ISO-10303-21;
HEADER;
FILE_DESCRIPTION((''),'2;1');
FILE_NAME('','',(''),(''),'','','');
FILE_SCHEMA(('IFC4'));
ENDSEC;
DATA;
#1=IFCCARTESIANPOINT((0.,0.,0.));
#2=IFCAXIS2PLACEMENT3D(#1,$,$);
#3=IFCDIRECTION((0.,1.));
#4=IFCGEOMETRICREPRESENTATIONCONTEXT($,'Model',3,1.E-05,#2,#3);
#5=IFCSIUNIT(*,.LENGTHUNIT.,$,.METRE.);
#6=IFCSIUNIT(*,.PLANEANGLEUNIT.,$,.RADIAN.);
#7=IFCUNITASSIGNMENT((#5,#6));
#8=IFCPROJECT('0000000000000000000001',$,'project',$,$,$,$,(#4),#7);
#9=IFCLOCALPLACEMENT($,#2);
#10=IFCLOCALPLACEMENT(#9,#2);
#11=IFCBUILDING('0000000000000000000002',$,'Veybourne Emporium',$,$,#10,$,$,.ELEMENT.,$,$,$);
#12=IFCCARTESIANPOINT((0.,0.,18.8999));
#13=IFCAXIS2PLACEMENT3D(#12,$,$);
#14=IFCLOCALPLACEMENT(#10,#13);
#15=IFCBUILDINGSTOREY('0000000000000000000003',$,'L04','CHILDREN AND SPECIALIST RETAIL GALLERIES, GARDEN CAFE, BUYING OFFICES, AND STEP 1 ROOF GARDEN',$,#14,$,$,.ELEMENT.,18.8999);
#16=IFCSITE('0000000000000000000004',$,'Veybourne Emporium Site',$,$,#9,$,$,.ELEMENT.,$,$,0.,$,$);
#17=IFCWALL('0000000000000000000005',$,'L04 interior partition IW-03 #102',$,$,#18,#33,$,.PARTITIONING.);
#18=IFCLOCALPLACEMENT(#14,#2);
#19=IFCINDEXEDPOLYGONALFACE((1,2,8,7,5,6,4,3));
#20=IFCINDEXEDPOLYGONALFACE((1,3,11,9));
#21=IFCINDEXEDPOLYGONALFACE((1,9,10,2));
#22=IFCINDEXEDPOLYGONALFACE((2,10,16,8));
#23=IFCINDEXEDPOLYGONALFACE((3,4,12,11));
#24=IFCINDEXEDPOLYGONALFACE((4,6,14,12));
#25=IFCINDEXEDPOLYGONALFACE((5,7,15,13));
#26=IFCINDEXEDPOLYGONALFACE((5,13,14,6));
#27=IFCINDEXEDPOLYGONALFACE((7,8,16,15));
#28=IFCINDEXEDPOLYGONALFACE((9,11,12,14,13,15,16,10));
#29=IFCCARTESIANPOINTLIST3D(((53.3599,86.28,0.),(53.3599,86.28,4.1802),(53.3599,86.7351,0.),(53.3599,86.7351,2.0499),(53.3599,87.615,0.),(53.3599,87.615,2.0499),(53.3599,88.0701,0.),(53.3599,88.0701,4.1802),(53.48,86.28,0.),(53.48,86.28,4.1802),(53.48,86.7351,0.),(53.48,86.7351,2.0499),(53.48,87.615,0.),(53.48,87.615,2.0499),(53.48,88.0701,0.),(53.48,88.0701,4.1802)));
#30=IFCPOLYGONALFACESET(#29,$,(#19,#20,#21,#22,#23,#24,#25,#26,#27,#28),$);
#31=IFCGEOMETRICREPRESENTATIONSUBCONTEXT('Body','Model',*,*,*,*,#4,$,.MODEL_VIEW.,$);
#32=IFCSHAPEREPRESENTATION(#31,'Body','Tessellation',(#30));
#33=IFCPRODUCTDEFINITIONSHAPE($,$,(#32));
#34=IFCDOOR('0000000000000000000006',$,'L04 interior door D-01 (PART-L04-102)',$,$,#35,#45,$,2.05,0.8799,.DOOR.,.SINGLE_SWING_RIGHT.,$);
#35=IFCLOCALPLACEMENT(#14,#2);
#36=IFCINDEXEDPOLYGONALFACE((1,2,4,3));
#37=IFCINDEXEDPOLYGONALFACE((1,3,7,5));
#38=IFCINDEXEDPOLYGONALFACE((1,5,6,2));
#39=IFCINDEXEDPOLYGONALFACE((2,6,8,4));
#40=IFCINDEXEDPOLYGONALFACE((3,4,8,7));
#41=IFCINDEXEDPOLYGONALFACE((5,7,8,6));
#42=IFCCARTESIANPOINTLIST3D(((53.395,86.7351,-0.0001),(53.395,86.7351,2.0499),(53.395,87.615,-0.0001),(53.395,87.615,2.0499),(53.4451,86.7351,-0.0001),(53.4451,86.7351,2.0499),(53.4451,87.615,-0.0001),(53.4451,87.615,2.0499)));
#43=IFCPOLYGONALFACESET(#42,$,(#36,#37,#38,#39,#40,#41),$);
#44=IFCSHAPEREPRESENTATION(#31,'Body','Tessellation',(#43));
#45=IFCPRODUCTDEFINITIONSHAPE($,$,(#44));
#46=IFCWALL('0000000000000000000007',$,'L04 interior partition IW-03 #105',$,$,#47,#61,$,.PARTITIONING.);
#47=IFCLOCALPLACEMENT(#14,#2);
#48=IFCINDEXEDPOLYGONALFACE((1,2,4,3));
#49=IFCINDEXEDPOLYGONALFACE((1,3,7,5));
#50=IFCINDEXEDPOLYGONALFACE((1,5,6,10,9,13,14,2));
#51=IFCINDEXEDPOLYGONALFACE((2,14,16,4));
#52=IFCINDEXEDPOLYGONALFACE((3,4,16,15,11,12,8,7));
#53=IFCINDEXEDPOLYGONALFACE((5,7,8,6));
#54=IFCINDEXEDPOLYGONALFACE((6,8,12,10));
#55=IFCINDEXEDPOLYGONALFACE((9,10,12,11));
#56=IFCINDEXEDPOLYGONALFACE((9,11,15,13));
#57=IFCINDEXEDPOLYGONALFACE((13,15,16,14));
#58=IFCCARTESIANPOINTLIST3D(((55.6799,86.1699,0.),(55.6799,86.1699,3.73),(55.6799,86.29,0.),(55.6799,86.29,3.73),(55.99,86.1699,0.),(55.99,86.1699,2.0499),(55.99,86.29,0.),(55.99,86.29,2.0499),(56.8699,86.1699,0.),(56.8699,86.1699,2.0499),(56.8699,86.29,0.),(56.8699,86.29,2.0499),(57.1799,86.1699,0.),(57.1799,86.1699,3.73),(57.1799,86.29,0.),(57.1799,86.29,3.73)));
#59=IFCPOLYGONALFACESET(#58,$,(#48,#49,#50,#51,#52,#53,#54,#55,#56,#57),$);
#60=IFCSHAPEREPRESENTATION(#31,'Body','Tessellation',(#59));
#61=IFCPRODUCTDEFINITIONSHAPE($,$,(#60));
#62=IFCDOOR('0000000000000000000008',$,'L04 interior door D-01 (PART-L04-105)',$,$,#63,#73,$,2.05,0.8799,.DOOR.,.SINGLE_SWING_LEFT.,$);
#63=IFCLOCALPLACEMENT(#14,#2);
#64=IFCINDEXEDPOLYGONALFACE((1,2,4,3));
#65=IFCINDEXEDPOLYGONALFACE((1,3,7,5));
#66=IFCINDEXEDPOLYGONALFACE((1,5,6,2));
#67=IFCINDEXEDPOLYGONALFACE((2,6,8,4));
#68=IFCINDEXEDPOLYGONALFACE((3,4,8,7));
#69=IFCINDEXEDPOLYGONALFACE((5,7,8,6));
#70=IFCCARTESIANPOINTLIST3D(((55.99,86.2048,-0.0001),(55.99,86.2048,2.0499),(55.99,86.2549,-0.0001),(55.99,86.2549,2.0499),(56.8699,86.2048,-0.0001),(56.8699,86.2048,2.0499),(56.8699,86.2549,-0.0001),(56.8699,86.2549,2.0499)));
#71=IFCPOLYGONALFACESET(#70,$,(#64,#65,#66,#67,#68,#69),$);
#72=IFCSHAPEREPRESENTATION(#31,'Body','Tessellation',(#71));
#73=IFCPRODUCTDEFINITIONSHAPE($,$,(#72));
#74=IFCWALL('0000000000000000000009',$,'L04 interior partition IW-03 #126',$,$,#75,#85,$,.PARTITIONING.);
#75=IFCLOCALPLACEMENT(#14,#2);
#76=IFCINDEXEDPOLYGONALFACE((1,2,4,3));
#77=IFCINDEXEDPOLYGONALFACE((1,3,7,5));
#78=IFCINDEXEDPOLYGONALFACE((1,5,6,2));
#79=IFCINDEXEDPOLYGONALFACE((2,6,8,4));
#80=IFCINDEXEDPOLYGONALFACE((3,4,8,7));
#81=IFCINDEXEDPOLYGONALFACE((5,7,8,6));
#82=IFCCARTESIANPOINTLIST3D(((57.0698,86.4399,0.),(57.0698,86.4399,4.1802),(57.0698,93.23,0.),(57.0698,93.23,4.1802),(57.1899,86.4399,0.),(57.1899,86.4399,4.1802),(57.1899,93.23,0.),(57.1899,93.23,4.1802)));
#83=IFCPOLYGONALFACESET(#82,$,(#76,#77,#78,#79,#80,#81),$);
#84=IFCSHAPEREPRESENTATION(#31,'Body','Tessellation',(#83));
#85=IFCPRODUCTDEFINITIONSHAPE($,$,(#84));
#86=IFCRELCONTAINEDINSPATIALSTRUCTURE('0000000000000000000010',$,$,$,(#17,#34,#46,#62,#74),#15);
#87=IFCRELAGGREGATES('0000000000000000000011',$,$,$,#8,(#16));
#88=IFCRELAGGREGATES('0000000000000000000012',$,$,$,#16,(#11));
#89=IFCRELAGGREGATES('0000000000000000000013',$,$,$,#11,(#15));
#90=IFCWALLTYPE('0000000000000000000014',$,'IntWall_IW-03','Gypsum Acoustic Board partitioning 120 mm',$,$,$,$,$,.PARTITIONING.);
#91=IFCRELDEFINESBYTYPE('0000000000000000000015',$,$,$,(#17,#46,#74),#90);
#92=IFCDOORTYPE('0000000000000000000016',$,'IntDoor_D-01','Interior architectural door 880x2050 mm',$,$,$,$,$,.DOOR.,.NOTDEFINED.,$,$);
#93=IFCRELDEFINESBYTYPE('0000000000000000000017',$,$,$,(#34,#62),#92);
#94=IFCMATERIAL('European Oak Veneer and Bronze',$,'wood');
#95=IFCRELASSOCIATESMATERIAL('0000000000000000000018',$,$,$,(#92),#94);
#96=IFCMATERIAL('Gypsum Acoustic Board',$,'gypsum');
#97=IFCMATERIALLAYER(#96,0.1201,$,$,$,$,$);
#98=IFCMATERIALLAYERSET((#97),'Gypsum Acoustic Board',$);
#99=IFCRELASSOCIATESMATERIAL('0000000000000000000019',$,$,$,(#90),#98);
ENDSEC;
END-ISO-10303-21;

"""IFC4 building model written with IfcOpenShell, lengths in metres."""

from ifc_helpers import new_model, si_unit, direction, frame, frame_2d, origin, place, context, subcontext, project, spatial, rectangle, extrude, material, layer, layer_set, type_object, element, fill, save


model = new_model("IFC4")

# Units and contexts
model_context = context("Model", 3, precision=1e-05, world=origin(), true_north=direction((0.0, 1.0)))
body_context = subcontext(model_context, "Body", "Model", "MODEL_VIEW")
ifc_project = project(units=[si_unit("LENGTHUNIT", "METRE"), si_unit("PLANEANGLEUNIT", "RADIAN")], contexts=[model_context])

# Site, building, storey
site_placement = place(None, origin())
site = spatial("IfcSite", under=ifc_project, at=site_placement, Name="Veybourne Emporium Site", CompositionType="ELEMENT", RefElevation=0.0)
building_placement = place(site_placement, origin())
building = spatial("IfcBuilding", under=site, at=building_placement, Name="Veybourne Emporium", CompositionType="ELEMENT")
storey_placement = place(building_placement, frame((0.0, 0.0, 18.8999)))
storey = spatial("IfcBuildingStorey", under=building, at=storey_placement, Name="L04", Description="CHILDREN AND SPECIALIST RETAIL GALLERIES, GARDEN CAFE, BUYING OFFICES, AND STEP 1 ROOF GARDEN", CompositionType="ELEMENT", Elevation=18.8999)

# Walls, openings, doors
ifc_material_1 = material(Name="Gypsum Acoustic Board", Category="gypsum")
ifc_material_2 = material(Name="European Oak Veneer and Bronze", Category="wood")
door_type_1 = type_object("IfcDoorType", Name="IntDoor_D-01", Description="Interior architectural door 880x2050 mm", OperationType="NOTDEFINED", PredefinedType="DOOR", material=ifc_material_2)
ifc_layer_1 = layer(ifc_material_1, 0.1201)
ifc_layer_set_1 = layer_set([ifc_layer_1], Name="Gypsum Acoustic Board")
wall_type_1 = type_object("IfcWallType", Name="IntWall_IW-03", Description="Gypsum Acoustic Board partitioning 120 mm", PredefinedType="PARTITIONING", material=ifc_layer_set_1)
wall_1_placement = place(storey_placement, frame((53.4199, 86.28, 0.0), z_axis=(0.0, 0.0, 1.0), x_axis=(0.0, 1.0, 0.0)))
wall_1 = element("IfcWall", 1, at=wall_1_placement, inside=storey, type_object=wall_type_1, Name="L04 interior partition IW-03 #102", PredefinedType="PARTITIONING", context=body_context, shape_type="SweptSolid", body=[
    extrude(rectangle(XDim=1.79, YDim=0.1201, at=frame_2d((0.895, 0.0))), origin(), (0.0, 0.0, 1.0), 4.1802),
])
opening_1_placement = place(wall_1_placement, frame((0.4551, 0.0, 0.0)))
opening_1 = element("IfcOpeningElement", 2, at=opening_1_placement, cuts=wall_1, PredefinedType="OPENING", context=body_context, shape_type="SweptSolid", body=[
    extrude(rectangle(XDim=0.8799, YDim=2.05, at=frame_2d((0.4399, 1.0249))), frame((0.0, 0.0801, 0.0), z_axis=(0.0, -1.0, 0.0), x_axis=(1.0, 0.0, 0.0)), (0.0, 0.0, 1.0), 0.1602),
])
door_1_placement = place(opening_1_placement, origin())
door_1 = element("IfcDoor", 3, at=door_1_placement, inside=storey, type_object=door_type_1, Name="L04 interior door D-01 (PART-L04-102)", OperationType="SINGLE_SWING_RIGHT", OverallHeight=2.05, OverallWidth=0.8799, PredefinedType="DOOR", context=body_context, shape_type="SweptSolid", body=[
    extrude(rectangle(XDim=0.8799, YDim=2.05, at=frame_2d((0.4399, 1.0249))), frame((0.0, 0.0249, 0.0), z_axis=(0.0, -1.0, 0.0), x_axis=(1.0, 0.0, 0.0)), (0.0, 0.0, 1.0), 0.05),
])
fill(opening_1, door_1)
wall_2_placement = place(storey_placement, frame((55.6799, 86.23, 0.0), z_axis=(0.0, 0.0, 1.0), x_axis=(1.0, 0.0, 0.0)))
wall_2 = element("IfcWall", 4, at=wall_2_placement, inside=storey, type_object=wall_type_1, Name="L04 interior partition IW-03 #105", PredefinedType="PARTITIONING", context=body_context, shape_type="SweptSolid", body=[
    extrude(rectangle(XDim=1.5, YDim=0.1201, at=frame_2d((0.75, 0.0))), origin(), (0.0, 0.0, 1.0), 3.73),
])
opening_2_placement = place(wall_2_placement, frame((0.3101, 0.0, 0.0)))
opening_2 = element("IfcOpeningElement", 5, at=opening_2_placement, cuts=wall_2, PredefinedType="OPENING", context=body_context, shape_type="SweptSolid", body=[
    extrude(rectangle(XDim=0.8799, YDim=2.05, at=frame_2d((0.4399, 1.0249))), frame((0.0, 0.0801, 0.0), z_axis=(0.0, -1.0, 0.0), x_axis=(1.0, 0.0, 0.0)), (0.0, 0.0, 1.0), 0.1602),
])
door_2_placement = place(opening_2_placement, origin())
door_2 = element("IfcDoor", 6, at=door_2_placement, inside=storey, type_object=door_type_1, Name="L04 interior door D-01 (PART-L04-105)", OperationType="SINGLE_SWING_LEFT", OverallHeight=2.05, OverallWidth=0.8799, PredefinedType="DOOR", context=body_context, shape_type="SweptSolid", body=[
    extrude(rectangle(XDim=0.8799, YDim=2.05, at=frame_2d((0.4399, 1.0249))), frame((0.0, 0.0249, 0.0), z_axis=(0.0, -1.0, 0.0), x_axis=(1.0, 0.0, 0.0)), (0.0, 0.0, 1.0), 0.05),
])
fill(opening_2, door_2)

# Wall
wall_3_placement = place(storey_placement, frame((57.1299, 86.4399, 0.0), z_axis=(0.0, 0.0, 1.0), x_axis=(0.0, 1.0, 0.0)))
element("IfcWall", 7, at=wall_3_placement, inside=storey, type_object=wall_type_1, Name="L04 interior partition IW-03 #126", PredefinedType="PARTITIONING", context=body_context, shape_type="SweptSolid", body=[
    extrude(rectangle(XDim=6.79, YDim=0.1201, at=frame_2d((3.395, 0.0))), origin(), (0.0, 0.0, 1.0), 4.1802),
])

save(model, "model.ifc")
